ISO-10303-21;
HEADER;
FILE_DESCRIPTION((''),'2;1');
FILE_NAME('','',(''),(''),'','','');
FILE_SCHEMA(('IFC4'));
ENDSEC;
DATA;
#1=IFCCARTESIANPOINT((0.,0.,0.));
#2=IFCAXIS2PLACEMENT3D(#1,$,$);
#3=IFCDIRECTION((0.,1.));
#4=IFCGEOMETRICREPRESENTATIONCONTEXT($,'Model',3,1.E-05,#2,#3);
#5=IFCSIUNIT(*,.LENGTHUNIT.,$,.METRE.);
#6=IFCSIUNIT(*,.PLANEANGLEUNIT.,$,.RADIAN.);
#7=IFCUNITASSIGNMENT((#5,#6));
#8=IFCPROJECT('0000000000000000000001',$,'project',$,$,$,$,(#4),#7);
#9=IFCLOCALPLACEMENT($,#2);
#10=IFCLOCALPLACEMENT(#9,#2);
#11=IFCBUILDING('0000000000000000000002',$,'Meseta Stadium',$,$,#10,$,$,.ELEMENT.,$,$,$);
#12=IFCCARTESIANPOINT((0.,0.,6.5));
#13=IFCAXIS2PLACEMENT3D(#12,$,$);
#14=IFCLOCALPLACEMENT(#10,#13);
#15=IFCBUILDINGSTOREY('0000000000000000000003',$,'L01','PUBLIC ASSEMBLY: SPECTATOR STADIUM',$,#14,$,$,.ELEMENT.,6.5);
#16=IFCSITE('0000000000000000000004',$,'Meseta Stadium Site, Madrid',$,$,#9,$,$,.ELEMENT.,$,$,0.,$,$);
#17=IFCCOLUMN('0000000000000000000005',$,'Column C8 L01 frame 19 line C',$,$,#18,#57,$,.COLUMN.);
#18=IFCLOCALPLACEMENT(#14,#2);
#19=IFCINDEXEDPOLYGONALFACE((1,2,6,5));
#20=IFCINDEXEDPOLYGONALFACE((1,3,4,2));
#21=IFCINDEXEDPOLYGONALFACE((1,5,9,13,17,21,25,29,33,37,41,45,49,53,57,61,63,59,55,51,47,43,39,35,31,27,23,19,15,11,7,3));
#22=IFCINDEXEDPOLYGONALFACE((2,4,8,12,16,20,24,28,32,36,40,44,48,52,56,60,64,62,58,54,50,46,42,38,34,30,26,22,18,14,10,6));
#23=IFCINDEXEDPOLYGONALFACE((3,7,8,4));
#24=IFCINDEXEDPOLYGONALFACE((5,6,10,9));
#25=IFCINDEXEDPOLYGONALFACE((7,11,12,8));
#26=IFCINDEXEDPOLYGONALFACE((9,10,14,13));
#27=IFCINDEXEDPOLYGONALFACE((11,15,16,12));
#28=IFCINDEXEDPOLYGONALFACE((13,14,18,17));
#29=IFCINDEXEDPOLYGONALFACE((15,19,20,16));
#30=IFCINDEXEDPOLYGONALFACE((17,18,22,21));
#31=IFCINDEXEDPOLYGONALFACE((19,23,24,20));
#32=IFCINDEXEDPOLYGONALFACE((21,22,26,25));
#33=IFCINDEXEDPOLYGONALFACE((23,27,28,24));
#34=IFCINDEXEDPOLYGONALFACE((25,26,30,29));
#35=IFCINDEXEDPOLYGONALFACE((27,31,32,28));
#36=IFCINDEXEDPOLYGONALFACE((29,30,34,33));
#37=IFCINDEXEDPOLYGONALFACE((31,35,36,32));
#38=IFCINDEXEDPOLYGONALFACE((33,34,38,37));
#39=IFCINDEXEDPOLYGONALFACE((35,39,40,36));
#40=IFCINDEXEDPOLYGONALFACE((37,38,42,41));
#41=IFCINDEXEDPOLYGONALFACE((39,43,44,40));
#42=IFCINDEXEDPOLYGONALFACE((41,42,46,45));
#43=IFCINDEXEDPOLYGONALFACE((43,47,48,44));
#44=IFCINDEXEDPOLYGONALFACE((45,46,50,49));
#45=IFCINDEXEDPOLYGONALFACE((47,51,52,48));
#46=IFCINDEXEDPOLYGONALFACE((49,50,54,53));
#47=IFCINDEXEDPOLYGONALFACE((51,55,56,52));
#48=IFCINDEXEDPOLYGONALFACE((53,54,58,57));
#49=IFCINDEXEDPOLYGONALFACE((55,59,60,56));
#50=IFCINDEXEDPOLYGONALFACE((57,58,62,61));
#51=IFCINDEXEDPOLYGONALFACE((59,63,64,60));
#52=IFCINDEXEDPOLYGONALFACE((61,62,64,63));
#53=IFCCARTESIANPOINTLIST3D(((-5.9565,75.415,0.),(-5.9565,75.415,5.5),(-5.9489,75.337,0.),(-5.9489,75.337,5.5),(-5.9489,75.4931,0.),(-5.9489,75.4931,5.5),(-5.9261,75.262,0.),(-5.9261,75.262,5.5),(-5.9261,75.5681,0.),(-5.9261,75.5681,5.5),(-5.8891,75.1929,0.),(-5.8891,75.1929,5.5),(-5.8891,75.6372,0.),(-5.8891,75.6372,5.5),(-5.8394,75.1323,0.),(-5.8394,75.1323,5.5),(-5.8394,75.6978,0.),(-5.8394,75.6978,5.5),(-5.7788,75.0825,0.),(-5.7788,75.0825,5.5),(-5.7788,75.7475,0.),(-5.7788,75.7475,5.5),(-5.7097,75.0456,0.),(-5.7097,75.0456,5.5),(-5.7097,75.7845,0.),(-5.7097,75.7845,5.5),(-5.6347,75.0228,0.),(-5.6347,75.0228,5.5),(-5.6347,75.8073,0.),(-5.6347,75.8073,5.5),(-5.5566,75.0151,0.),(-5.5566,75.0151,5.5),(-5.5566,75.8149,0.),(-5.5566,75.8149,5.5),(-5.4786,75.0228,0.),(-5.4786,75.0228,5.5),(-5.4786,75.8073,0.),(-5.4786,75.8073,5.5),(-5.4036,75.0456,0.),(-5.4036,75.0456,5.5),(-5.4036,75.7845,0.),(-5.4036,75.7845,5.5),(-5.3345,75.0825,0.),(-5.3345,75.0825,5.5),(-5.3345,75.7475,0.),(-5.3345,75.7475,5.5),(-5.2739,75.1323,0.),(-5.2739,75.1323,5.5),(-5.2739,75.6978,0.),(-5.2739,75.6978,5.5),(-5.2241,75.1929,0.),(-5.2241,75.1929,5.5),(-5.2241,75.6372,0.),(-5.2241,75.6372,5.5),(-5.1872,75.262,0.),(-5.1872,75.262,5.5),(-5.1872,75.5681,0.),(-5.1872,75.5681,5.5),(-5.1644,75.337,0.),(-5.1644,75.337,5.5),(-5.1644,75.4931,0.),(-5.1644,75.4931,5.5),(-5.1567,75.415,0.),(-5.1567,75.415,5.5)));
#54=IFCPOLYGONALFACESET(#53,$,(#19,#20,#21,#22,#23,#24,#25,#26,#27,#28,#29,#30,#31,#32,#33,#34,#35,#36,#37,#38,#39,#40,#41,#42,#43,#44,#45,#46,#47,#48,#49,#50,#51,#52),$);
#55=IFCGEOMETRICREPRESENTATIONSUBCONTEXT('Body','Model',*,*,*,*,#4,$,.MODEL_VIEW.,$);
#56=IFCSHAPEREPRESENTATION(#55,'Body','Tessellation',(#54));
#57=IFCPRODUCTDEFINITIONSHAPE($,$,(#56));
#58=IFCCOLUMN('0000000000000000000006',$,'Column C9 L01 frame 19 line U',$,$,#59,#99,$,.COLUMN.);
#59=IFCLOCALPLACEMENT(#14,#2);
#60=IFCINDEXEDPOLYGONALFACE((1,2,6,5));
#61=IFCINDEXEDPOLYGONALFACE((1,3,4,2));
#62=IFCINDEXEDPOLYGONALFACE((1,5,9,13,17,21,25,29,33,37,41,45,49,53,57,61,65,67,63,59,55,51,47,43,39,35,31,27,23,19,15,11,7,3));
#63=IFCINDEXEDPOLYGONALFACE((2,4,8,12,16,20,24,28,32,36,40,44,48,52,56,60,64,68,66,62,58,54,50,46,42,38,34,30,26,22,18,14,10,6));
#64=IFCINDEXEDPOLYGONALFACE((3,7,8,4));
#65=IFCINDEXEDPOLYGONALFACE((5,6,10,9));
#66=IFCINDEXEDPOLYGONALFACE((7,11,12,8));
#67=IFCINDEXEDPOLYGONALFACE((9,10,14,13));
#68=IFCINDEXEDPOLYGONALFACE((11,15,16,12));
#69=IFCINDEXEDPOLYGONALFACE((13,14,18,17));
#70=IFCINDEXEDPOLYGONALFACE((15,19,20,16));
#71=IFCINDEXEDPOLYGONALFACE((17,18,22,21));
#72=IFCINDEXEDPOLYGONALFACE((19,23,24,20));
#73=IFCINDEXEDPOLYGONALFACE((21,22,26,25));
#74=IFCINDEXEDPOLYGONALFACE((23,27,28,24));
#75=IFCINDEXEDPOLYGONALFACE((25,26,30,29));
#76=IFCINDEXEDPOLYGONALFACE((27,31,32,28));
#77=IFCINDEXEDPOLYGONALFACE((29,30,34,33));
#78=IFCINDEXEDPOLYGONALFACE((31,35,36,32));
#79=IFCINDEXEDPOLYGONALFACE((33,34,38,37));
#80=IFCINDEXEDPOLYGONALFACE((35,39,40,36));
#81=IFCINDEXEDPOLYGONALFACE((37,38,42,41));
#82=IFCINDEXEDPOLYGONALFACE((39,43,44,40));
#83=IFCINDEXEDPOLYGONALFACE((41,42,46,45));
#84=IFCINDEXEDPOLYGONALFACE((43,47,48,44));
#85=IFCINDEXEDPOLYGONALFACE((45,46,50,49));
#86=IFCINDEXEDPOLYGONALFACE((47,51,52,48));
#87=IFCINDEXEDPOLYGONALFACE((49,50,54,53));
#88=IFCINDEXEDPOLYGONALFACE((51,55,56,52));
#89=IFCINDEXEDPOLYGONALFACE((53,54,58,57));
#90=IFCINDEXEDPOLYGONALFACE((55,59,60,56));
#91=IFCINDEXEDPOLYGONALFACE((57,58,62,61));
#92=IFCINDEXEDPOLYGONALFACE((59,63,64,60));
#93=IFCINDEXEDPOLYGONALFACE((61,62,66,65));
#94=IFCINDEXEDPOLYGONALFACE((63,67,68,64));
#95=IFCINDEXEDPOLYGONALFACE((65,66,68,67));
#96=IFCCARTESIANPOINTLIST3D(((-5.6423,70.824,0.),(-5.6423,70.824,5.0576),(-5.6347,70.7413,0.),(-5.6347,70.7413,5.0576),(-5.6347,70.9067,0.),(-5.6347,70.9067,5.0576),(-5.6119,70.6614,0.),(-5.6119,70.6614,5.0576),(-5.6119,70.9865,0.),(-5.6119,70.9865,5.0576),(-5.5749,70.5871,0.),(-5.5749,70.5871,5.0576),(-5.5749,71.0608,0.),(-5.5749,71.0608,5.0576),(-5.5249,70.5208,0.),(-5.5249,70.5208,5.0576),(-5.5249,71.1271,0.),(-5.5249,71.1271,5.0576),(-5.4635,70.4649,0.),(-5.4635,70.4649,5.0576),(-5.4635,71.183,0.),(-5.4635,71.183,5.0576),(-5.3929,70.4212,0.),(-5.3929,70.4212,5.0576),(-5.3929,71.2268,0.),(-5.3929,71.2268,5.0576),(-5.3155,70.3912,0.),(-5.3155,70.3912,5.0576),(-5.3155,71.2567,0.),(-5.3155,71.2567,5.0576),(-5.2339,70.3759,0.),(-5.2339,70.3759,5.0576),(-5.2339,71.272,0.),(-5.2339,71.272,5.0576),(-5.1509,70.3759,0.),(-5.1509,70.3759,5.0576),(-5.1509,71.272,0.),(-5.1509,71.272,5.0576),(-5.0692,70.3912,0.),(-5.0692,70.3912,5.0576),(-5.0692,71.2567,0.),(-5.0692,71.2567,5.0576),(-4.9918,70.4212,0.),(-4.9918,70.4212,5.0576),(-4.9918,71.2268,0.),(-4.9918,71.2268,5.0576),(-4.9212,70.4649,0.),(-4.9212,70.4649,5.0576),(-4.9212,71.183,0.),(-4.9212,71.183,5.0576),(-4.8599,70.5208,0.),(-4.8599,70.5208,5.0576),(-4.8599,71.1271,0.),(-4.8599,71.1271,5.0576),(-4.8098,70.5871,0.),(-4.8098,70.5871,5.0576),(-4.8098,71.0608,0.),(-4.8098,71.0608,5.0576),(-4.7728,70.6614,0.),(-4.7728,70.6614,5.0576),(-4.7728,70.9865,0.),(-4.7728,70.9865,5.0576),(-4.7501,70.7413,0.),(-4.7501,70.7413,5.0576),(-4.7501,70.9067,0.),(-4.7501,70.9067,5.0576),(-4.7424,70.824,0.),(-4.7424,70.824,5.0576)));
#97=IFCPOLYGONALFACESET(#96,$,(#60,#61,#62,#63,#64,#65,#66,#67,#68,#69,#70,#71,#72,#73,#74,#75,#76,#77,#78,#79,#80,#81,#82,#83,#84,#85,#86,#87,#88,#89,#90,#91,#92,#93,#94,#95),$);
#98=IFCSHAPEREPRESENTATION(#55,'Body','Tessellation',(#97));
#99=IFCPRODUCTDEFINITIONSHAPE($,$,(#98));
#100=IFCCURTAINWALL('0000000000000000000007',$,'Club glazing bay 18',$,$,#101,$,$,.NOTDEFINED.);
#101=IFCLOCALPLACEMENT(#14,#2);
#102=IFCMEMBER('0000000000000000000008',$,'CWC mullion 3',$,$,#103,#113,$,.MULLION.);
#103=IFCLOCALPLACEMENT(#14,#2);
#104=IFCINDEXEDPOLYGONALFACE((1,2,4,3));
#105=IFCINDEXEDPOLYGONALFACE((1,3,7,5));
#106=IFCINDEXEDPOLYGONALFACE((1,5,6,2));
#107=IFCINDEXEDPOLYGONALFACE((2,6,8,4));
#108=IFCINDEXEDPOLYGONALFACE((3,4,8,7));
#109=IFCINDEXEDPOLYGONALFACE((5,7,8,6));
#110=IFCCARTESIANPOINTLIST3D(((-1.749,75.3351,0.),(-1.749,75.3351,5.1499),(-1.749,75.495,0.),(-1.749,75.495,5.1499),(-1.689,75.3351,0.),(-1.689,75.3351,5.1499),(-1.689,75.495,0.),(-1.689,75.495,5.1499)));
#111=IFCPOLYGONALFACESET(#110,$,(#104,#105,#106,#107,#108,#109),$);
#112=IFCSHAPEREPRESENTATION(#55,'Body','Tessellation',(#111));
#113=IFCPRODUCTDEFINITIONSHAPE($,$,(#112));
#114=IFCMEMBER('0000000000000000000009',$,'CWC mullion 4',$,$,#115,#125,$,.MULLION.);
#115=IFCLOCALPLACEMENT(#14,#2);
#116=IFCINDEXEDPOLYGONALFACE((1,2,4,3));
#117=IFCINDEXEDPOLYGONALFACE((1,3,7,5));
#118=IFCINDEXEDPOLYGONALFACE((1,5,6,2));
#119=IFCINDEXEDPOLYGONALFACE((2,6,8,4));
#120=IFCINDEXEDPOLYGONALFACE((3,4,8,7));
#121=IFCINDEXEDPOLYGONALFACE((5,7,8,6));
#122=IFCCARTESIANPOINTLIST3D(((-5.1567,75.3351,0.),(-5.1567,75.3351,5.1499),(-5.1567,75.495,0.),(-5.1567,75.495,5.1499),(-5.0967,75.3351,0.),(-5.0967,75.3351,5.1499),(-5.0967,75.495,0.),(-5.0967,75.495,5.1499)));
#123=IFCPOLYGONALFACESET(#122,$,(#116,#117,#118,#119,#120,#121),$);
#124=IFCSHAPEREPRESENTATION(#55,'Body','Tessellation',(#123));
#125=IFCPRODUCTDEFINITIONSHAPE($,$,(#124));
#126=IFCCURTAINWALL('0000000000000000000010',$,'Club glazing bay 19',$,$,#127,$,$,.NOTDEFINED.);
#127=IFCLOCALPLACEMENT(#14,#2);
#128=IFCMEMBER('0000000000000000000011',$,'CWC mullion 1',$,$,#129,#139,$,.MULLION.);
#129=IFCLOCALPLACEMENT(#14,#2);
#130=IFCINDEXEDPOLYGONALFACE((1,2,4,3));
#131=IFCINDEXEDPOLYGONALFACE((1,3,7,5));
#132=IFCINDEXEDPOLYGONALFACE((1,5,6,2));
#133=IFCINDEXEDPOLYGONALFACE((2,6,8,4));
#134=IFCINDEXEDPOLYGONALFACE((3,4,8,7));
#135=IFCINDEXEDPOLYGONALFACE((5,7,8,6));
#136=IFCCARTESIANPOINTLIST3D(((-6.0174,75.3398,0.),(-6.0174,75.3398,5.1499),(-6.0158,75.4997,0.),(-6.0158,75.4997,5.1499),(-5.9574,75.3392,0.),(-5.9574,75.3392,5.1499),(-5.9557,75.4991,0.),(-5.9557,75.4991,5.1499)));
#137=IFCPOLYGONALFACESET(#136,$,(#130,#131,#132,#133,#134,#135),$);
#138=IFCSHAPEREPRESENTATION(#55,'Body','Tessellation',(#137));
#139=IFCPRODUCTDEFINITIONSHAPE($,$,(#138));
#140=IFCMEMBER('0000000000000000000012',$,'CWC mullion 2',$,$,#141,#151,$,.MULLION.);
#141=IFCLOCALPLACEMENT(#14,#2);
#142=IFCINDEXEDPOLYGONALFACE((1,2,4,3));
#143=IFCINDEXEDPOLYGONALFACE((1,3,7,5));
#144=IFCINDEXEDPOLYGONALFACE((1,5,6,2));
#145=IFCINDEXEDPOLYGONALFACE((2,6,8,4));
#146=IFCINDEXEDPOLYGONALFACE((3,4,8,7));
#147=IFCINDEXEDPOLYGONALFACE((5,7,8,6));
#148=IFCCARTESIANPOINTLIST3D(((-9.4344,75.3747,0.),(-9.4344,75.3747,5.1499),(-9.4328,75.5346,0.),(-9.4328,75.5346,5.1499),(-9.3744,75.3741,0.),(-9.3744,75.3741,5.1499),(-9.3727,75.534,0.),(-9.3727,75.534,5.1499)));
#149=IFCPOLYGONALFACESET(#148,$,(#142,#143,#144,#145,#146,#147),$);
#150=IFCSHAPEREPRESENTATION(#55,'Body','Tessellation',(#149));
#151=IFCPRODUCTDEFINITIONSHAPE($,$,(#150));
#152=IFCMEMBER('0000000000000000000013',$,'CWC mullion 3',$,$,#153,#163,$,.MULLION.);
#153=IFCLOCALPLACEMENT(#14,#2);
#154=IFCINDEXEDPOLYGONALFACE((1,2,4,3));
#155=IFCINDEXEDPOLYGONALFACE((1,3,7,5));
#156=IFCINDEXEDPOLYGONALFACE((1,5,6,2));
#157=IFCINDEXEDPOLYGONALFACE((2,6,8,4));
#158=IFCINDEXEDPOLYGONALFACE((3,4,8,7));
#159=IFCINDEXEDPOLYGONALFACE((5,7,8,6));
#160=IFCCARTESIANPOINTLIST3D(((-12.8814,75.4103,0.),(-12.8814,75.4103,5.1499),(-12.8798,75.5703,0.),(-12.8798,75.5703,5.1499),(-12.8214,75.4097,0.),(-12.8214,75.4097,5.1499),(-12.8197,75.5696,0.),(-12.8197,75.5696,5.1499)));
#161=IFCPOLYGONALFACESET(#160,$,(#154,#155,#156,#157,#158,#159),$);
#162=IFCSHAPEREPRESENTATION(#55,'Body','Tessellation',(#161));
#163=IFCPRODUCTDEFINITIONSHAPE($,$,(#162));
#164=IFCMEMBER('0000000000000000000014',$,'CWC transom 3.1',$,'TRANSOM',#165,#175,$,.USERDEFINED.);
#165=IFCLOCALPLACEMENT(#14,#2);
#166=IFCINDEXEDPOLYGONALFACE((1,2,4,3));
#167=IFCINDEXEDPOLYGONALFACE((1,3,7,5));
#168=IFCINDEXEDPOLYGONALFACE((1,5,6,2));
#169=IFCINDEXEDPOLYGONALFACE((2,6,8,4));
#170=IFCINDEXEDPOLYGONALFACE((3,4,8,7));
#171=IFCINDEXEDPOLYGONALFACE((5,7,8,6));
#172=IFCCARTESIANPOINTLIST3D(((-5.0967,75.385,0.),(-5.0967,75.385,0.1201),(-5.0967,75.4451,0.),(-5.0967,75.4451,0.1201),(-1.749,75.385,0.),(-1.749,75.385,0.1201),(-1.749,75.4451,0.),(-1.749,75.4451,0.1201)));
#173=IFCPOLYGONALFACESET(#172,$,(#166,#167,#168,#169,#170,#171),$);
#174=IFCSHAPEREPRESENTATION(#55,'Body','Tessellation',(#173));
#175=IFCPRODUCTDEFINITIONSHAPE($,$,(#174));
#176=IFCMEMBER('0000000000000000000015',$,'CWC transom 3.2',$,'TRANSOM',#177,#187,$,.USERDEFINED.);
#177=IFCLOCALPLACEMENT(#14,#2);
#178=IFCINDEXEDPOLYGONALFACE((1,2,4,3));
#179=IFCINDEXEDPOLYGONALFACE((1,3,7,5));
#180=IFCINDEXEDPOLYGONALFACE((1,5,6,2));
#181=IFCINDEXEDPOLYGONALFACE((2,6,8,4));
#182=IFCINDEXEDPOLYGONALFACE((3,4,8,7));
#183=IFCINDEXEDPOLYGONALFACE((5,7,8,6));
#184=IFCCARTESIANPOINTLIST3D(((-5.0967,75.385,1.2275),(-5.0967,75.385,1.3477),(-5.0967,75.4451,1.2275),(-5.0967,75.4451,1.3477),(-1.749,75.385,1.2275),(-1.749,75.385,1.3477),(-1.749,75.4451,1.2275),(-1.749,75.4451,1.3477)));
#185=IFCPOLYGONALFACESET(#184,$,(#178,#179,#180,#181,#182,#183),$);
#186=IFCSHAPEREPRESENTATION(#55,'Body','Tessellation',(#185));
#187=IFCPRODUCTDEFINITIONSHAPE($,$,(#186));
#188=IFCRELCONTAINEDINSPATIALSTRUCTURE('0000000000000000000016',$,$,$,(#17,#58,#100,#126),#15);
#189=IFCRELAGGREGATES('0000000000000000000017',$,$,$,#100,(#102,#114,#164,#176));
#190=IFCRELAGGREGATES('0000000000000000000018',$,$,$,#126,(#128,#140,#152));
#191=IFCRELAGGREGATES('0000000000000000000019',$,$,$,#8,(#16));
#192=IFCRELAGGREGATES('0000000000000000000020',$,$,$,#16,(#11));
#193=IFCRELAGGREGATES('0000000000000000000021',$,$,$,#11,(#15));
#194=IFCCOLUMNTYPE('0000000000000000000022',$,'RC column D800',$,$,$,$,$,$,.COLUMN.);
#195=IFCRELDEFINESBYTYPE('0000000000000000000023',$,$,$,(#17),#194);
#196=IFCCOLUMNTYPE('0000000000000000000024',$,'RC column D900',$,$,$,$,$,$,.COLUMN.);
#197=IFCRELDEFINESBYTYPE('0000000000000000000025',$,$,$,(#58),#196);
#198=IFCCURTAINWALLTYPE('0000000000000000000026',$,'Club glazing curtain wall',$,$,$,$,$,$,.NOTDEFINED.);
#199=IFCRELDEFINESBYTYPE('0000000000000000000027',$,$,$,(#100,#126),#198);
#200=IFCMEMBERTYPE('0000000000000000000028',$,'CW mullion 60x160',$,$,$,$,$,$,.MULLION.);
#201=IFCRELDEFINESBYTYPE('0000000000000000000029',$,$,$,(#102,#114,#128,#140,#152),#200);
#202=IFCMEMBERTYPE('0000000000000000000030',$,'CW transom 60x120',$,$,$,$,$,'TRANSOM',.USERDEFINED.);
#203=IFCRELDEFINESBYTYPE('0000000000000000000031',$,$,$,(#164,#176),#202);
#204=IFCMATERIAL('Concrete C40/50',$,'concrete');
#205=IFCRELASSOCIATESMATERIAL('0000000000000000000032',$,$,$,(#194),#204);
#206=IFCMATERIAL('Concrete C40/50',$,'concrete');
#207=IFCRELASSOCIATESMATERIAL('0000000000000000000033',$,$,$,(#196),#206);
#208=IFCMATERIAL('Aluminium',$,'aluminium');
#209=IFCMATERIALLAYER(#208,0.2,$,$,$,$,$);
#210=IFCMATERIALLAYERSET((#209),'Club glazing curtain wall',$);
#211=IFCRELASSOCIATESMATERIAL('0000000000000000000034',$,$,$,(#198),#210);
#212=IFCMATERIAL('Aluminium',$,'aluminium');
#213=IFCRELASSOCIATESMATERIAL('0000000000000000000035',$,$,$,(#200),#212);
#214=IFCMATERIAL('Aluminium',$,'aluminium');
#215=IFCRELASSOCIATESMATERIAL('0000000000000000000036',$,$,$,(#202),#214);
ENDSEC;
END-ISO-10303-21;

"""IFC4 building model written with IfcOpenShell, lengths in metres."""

from ifc_helpers import new_model, si_unit, direction, frame, origin, origin_2d, place, context, subcontext, project, spatial, rectangle, circle, extrude, material, layer, layer_set, material_profile, profile_set, type_object, element, aggregate, save


model = new_model("IFC4")

# Units and contexts
model_context = context("Model", 3, precision=1e-05, world=origin(), true_north=direction((0.0, 1.0)))
body_context = subcontext(model_context, "Body", "Model", "MODEL_VIEW")
ifc_project = project(units=[si_unit("LENGTHUNIT", "METRE"), si_unit("PLANEANGLEUNIT", "RADIAN")], contexts=[model_context])

# Site, building, storey
site_placement = place(None, origin())
site = spatial("IfcSite", under=ifc_project, at=site_placement, Name="Meseta Stadium Site, Madrid", CompositionType="ELEMENT", RefElevation=0.0)
building_placement = place(site_placement, origin())
building = spatial("IfcBuilding", under=site, at=building_placement, Name="Meseta Stadium", CompositionType="ELEMENT")
storey_placement = place(building_placement, frame((0.0, 0.0, 6.5)))
storey = spatial("IfcBuildingStorey", under=building, at=storey_placement, Name="L01", Description="PUBLIC ASSEMBLY: SPECTATOR STADIUM", CompositionType="ELEMENT", Elevation=6.5)

# Columns
ifc_material_1 = material(Name="Concrete C40/50", Category="concrete")
ifc_material_profile_1 = material_profile(ifc_material_1, circle(Radius=0.3999, at=origin_2d()), Name="RC D800")
ifc_profile_set_1 = profile_set([ifc_material_profile_1], Name="Concrete C40/50")
column_type_1 = type_object("IfcColumnType", Name="RC column D800", PredefinedType="COLUMN", material=ifc_profile_set_1)
column_1_placement = place(storey_placement, frame((-5.5566, 75.415, 0.0), z_axis=(0.0, 0.0, 1.0), x_axis=(1.0, 0.0, 0.0)))
element("IfcColumn", 1, at=column_1_placement, inside=storey, type_object=column_type_1, Name="Column C8 L01 frame 19 line C", PredefinedType="COLUMN", context=body_context, shape_type="SweptSolid", body=[
    extrude(circle(Radius=0.3999, at=origin_2d()), origin(), (0.0, 0.0, 1.0), 5.5),
])
ifc_material_2 = material(Name="Concrete C40/50", Category="concrete")
ifc_material_profile_2 = material_profile(ifc_material_2, circle(Radius=0.45, at=origin_2d()), Name="RC D900")
ifc_profile_set_2 = profile_set([ifc_material_profile_2], Name="Concrete C40/50")
column_type_2 = type_object("IfcColumnType", Name="RC column D900", PredefinedType="COLUMN", material=ifc_profile_set_2)
column_2_placement = place(storey_placement, frame((-5.1924, 70.824, 0.0), z_axis=(0.0, 0.0, 1.0), x_axis=(1.0, 0.0, 0.0)))
element("IfcColumn", 2, at=column_2_placement, inside=storey, type_object=column_type_2, Name="Column C9 L01 frame 19 line U", PredefinedType="COLUMN", context=body_context, shape_type="SweptSolid", body=[
    extrude(circle(Radius=0.45, at=origin_2d()), origin(), (0.0, 0.0, 1.0), 5.0576),
])

# Curtain walls, members
ifc_material_3 = material(Name="Aluminium", Category="aluminium")
ifc_layer_1 = layer(ifc_material_3, 0.2)
ifc_layer_set_1 = layer_set([ifc_layer_1], Name="Club glazing curtain wall")
curtain_wall_type = type_object("IfcCurtainWallType", Name="Club glazing curtain wall", PredefinedType="NOTDEFINED", material=ifc_layer_set_1)
curtain_wall_1_placement = place(storey_placement, origin())
curtain_wall_1 = element("IfcCurtainWall", 3, at=curtain_wall_1_placement, inside=storey, type_object=curtain_wall_type, Name="Club glazing bay 18", PredefinedType="NOTDEFINED")
ifc_material_4 = material(Name="Aluminium", Category="aluminium")
ifc_material_profile_3 = material_profile(ifc_material_4, rectangle(XDim=0.1599, YDim=0.0601, at=origin_2d()), Name="CW 160x60")
ifc_profile_set_3 = profile_set([ifc_material_profile_3], Name="Aluminium")
member_type_1 = type_object("IfcMemberType", Name="CW mullion 60x160", PredefinedType="MULLION", material=ifc_profile_set_3)
member_1_placement = place(storey_placement, frame((-1.719, 75.415, 0.0), z_axis=(0.0, 0.0, 1.0), x_axis=(0.0, -1.0, 0.0)))
member_1 = element("IfcMember", 4, at=member_1_placement, type_object=member_type_1, Name="CWC mullion 3", PredefinedType="MULLION", context=body_context, shape_type="SweptSolid", body=[
    extrude(rectangle(XDim=0.1599, YDim=0.0601, at=origin_2d()), origin(), (0.0, 0.0, 1.0), 5.1499),
])
member_2_placement = place(storey_placement, frame((-5.1267, 75.415, 0.0), z_axis=(0.0, 0.0, 1.0), x_axis=(0.0, -1.0, 0.0)))
member_2 = element("IfcMember", 5, at=member_2_placement, type_object=member_type_1, Name="CWC mullion 4", PredefinedType="MULLION", context=body_context, shape_type="SweptSolid", body=[
    extrude(rectangle(XDim=0.1599, YDim=0.0601, at=origin_2d()), origin(), (0.0, 0.0, 1.0), 5.1499),
])
curtain_wall_2_placement = place(storey_placement, origin())
curtain_wall_2 = element("IfcCurtainWall", 6, at=curtain_wall_2_placement, inside=storey, type_object=curtain_wall_type, Name="Club glazing bay 19", PredefinedType="NOTDEFINED")
member_3_placement = place(storey_placement, frame((-5.9866, 75.4194, 0.0), z_axis=(0.0, 0.0, 1.0), x_axis=(-0.010279, -0.999947, 0.0)))
member_3 = element("IfcMember", 7, at=member_3_placement, type_object=member_type_1, Name="CWC mullion 1", PredefinedType="MULLION", context=body_context, shape_type="SweptSolid", body=[
    extrude(rectangle(XDim=0.1599, YDim=0.0601, at=origin_2d()), origin(), (0.0, 0.0, 1.0), 5.1499),
])
member_4_placement = place(storey_placement, frame((-9.4036, 75.4543, 0.0), z_axis=(0.0, 0.0, 1.0), x_axis=(-0.010279, -0.999947, 0.0)))
member_4 = element("IfcMember", 8, at=member_4_placement, type_object=member_type_1, Name="CWC mullion 2", PredefinedType="MULLION", context=body_context, shape_type="SweptSolid", body=[
    extrude(rectangle(XDim=0.1599, YDim=0.0601, at=origin_2d()), origin(), (0.0, 0.0, 1.0), 5.1499),
])
member_5_placement = place(storey_placement, frame((-12.8506, 75.49, 0.0), z_axis=(0.0, 0.0, 1.0), x_axis=(-0.010279, -0.999947, 0.0)))
member_5 = element("IfcMember", 9, at=member_5_placement, type_object=member_type_1, Name="CWC mullion 3", PredefinedType="MULLION", context=body_context, shape_type="SweptSolid", body=[
    extrude(rectangle(XDim=0.1599, YDim=0.0601, at=origin_2d()), origin(), (0.0, 0.0, 1.0), 5.1499),
])

# Members
ifc_material_5 = material(Name="Aluminium", Category="aluminium")
ifc_material_profile_4 = material_profile(ifc_material_5, rectangle(XDim=0.0601, YDim=0.1201, at=origin_2d()), Name="CW 60x120")
ifc_profile_set_4 = profile_set([ifc_material_profile_4], Name="Aluminium")
member_type_2 = type_object("IfcMemberType", Name="CW transom 60x120", ElementType="TRANSOM", PredefinedType="USERDEFINED", material=ifc_profile_set_4)
member_6_placement = place(storey_placement, frame((-1.749, 75.415, 0.0601), z_axis=(-1.0, 0.0, 0.0), x_axis=(0.0, -1.0, 0.0)))
member_6 = element("IfcMember", 10, at=member_6_placement, type_object=member_type_2, Name="CWC transom 3.1", ObjectType="TRANSOM", PredefinedType="USERDEFINED", context=body_context, shape_type="SweptSolid", body=[
    extrude(rectangle(XDim=0.0601, YDim=0.1201, at=origin_2d()), origin(), (0.0, 0.0, 1.0), 3.3477),
])
member_7_placement = place(storey_placement, frame((-1.749, 75.415, 1.2876), z_axis=(-1.0, 0.0, 0.0), x_axis=(0.0, -1.0, 0.0)))
member_7 = element("IfcMember", 11, at=member_7_placement, type_object=member_type_2, Name="CWC transom 3.2", ObjectType="TRANSOM", PredefinedType="USERDEFINED", context=body_context, shape_type="SweptSolid", body=[
    extrude(rectangle(XDim=0.0601, YDim=0.1201, at=origin_2d()), origin(), (0.0, 0.0, 1.0), 3.3477),
])

aggregate(curtain_wall_1, [member_1, member_2, member_6, member_7])
aggregate(curtain_wall_2, [member_3, member_4, member_5])

save(model, "model.ifc")
